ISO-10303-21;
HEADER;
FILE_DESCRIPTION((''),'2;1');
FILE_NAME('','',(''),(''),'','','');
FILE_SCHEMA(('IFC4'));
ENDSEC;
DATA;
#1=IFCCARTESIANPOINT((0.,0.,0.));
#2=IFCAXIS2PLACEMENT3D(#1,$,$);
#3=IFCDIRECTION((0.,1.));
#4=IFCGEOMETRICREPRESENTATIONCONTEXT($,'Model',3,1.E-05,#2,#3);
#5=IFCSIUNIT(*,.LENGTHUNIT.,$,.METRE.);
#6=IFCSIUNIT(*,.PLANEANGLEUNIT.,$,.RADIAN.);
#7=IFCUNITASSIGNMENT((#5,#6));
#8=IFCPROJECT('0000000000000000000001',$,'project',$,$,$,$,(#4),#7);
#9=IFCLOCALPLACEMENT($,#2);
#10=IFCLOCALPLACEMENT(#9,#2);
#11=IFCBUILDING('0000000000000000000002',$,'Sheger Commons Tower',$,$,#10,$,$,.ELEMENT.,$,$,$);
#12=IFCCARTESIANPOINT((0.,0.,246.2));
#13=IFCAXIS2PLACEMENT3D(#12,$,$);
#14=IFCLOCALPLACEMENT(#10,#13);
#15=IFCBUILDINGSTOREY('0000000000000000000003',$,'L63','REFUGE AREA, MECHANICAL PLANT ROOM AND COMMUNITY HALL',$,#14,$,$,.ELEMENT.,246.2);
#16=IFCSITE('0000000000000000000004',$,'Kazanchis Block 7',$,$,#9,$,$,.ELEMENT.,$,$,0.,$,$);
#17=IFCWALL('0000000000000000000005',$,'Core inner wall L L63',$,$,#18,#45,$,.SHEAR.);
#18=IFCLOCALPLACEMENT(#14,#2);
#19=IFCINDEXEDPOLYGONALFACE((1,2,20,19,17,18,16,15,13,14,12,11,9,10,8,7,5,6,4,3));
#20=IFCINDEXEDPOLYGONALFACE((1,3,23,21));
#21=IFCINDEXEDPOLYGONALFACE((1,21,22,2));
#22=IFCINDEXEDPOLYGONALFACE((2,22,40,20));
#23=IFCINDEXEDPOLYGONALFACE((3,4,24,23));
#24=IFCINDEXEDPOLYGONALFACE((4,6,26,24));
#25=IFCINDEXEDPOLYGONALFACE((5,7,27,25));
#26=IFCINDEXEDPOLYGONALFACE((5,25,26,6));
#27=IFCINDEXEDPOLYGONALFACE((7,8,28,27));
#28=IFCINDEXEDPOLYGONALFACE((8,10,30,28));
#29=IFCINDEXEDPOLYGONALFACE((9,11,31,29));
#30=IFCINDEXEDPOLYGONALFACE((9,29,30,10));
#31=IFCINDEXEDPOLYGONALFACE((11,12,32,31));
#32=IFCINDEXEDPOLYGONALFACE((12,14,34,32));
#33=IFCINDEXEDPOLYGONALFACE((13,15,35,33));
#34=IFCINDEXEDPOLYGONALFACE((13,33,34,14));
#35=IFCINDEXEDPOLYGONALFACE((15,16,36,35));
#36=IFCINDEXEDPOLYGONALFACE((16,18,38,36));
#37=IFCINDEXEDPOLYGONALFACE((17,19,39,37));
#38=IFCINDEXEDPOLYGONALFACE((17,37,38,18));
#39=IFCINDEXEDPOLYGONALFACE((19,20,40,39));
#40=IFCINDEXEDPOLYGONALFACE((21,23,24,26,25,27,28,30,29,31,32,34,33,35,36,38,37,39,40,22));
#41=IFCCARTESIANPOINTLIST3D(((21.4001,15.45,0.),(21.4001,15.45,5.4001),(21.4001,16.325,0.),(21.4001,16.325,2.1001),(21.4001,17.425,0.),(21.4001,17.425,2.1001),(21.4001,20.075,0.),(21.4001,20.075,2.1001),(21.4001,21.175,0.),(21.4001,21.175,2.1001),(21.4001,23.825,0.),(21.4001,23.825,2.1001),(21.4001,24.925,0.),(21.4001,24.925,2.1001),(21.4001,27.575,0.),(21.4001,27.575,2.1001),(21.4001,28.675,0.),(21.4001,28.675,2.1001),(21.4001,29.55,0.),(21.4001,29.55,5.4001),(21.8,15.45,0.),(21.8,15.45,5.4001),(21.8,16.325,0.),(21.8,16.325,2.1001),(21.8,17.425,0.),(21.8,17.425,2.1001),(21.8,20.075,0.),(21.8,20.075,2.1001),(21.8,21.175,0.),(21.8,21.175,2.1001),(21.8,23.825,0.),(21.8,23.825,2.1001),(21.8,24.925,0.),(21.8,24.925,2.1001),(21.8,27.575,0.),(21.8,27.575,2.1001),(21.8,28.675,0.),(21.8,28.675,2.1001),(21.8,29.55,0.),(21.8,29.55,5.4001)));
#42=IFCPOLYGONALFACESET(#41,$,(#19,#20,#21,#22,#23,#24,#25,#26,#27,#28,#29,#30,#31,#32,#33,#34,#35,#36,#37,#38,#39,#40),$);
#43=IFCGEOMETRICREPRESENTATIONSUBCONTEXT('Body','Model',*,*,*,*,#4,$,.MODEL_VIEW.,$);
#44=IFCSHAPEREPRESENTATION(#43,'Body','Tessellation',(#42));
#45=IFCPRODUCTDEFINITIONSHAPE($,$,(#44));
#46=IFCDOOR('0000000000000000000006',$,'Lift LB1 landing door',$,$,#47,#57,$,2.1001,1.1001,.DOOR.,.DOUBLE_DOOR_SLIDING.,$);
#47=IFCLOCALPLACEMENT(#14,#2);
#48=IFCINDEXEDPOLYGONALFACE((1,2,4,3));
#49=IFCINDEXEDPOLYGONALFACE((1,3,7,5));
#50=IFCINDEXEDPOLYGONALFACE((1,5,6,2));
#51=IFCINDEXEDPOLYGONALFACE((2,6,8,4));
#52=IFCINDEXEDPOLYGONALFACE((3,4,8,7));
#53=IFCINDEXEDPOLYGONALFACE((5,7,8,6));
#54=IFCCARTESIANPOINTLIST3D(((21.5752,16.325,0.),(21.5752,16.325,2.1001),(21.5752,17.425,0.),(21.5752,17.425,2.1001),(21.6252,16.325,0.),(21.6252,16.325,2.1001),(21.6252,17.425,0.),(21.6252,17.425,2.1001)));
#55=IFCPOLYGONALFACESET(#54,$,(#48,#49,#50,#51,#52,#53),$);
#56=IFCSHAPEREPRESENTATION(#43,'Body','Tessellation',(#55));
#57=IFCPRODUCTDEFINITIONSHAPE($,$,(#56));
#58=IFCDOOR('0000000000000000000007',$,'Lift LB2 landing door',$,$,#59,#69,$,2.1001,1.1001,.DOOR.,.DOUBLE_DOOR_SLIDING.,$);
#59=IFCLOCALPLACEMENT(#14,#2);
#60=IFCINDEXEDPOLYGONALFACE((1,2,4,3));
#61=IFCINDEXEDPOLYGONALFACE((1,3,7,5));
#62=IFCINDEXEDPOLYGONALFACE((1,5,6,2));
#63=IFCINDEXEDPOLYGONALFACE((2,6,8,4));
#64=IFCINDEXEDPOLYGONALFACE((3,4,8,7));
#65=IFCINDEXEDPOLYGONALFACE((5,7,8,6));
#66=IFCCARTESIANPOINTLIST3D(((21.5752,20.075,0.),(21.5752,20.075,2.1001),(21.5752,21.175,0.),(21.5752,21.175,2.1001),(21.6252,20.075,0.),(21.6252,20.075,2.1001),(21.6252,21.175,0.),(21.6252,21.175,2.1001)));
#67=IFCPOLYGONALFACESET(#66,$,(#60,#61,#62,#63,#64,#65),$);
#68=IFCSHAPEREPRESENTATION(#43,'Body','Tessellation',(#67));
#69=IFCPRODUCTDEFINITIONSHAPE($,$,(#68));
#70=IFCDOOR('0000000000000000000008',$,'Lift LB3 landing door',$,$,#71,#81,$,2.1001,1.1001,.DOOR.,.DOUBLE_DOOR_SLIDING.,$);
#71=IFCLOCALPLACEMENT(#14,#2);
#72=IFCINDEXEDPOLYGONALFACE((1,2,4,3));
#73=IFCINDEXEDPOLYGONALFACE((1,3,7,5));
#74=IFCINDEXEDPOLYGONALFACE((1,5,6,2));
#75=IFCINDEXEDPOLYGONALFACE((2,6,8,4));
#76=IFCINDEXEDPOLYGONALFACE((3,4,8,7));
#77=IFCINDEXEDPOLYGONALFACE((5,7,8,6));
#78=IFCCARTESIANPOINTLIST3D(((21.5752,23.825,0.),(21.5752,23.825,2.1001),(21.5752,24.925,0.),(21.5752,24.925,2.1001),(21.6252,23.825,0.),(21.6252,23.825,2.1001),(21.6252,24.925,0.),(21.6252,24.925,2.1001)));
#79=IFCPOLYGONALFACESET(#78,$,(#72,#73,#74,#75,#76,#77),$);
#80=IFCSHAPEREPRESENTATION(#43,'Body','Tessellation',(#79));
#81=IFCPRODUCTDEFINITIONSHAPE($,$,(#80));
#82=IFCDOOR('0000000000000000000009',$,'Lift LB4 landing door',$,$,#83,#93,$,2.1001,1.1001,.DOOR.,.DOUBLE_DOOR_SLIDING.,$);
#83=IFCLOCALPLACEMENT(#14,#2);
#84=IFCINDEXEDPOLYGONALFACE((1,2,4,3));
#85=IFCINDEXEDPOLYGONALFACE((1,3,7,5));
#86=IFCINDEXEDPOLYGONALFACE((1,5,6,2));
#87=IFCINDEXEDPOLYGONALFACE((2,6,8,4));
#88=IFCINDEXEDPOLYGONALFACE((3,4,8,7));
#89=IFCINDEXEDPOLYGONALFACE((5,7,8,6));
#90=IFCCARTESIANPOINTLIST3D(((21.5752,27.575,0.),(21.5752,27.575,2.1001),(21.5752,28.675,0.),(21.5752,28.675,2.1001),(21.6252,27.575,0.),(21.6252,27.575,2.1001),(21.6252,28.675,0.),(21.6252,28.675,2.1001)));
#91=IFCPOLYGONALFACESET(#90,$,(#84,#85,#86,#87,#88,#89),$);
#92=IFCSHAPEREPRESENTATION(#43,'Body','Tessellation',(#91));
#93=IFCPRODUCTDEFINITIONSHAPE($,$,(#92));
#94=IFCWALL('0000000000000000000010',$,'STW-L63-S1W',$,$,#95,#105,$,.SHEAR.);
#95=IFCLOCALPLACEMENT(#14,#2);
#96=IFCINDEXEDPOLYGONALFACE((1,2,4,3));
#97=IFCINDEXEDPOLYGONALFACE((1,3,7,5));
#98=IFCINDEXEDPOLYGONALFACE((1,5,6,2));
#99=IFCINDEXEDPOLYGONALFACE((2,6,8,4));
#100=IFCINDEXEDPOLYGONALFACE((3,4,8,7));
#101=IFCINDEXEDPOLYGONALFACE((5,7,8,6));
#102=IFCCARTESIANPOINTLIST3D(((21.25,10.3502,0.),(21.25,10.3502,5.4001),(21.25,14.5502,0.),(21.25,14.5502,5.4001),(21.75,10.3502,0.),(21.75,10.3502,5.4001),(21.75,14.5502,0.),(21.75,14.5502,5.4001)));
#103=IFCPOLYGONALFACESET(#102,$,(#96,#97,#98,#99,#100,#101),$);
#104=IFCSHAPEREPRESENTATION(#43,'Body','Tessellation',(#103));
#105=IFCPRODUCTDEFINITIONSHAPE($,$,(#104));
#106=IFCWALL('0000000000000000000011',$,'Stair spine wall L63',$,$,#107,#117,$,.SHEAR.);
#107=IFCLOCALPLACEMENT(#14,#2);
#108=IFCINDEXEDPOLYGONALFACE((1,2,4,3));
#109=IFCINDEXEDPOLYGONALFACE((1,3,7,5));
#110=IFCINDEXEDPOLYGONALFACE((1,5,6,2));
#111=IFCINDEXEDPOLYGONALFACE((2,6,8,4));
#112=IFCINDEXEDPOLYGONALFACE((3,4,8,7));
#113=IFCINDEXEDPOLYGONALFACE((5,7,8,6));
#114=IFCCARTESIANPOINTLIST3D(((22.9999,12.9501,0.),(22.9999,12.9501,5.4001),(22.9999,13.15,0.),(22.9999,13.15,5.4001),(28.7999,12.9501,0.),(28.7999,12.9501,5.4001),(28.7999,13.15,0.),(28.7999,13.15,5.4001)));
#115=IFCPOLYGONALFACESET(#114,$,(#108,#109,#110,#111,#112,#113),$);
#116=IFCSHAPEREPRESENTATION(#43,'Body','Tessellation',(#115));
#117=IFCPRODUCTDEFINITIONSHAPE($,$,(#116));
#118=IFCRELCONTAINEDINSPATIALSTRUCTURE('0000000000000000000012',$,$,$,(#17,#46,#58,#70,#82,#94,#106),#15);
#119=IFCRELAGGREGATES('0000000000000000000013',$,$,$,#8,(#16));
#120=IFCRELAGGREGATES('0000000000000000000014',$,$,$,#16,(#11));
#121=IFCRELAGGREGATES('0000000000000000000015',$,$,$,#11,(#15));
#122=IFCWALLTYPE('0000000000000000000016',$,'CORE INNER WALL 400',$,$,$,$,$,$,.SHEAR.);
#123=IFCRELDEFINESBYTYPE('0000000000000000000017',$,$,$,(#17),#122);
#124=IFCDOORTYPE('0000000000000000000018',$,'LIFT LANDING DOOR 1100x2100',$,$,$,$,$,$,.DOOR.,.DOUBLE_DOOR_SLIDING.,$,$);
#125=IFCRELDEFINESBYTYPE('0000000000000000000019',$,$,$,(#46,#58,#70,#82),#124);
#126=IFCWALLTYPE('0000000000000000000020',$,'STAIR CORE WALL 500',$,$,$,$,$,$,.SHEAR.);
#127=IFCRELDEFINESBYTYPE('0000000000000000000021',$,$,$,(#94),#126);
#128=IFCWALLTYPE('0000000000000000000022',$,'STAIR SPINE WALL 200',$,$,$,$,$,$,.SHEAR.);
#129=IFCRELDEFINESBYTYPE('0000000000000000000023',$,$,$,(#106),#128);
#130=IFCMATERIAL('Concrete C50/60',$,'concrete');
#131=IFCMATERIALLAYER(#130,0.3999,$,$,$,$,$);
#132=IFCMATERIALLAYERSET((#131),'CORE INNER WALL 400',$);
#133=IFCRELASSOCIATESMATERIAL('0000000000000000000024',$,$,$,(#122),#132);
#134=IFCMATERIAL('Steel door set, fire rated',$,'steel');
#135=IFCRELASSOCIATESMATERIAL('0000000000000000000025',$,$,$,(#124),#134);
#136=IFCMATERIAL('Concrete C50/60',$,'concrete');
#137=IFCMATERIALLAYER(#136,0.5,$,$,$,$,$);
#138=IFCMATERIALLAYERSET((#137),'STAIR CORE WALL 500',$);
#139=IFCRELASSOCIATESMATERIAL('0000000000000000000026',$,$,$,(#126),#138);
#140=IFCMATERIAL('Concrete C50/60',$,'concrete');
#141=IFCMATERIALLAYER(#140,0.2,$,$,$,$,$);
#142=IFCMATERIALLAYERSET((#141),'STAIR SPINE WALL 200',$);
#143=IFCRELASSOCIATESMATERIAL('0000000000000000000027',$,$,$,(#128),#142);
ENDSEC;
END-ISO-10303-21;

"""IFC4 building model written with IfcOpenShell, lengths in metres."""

from ifc_helpers import new_model, si_unit, direction, frame, frame_2d, origin, place, context, subcontext, project, spatial, rectangle, extrude, material, layer, layer_set, type_object, element, fill, save


model = new_model("IFC4")

# Units and contexts
model_context = context("Model", 3, precision=1e-05, world=origin(), true_north=direction((0.0, 1.0)))
body_context = subcontext(model_context, "Body", "Model", "MODEL_VIEW")
ifc_project = project(units=[si_unit("LENGTHUNIT", "METRE"), si_unit("PLANEANGLEUNIT", "RADIAN")], contexts=[model_context])

# Site, building, storey
site_placement = place(None, origin())
site = spatial("IfcSite", under=ifc_project, at=site_placement, Name="Kazanchis Block 7", CompositionType="ELEMENT", RefElevation=0.0)
building_placement = place(site_placement, origin())
building = spatial("IfcBuilding", under=site, at=building_placement, Name="Sheger Commons Tower", CompositionType="ELEMENT")
storey_placement = place(building_placement, frame((0.0, 0.0, 246.2)))
storey = spatial("IfcBuildingStorey", under=building, at=storey_placement, Name="L63", Description="REFUGE AREA, MECHANICAL PLANT ROOM AND COMMUNITY HALL", CompositionType="ELEMENT", Elevation=246.2)

# Wall, openings, doors
ifc_material_1 = material(Name="Concrete C50/60", Category="concrete")
ifc_layer_1 = layer(ifc_material_1, 0.3999)
ifc_layer_set_1 = layer_set([ifc_layer_1], Name="CORE INNER WALL 400")
wall_type_1 = type_object("IfcWallType", Name="CORE INNER WALL 400", PredefinedType="SHEAR", material=ifc_layer_set_1)
wall_1_placement = place(storey_placement, frame((21.6001, 15.45, 0.0), z_axis=(0.0, 0.0, 1.0), x_axis=(0.0, 1.0, 0.0)))
wall_1 = element("IfcWall", 1, at=wall_1_placement, inside=storey, type_object=wall_type_1, Name="Core inner wall L L63", PredefinedType="SHEAR", context=body_context, shape_type="SweptSolid", body=[
    extrude(rectangle(XDim=14.1001, YDim=0.3999, at=frame_2d((7.05, 0.0))), origin(), (0.0, 0.0, 1.0), 5.4001),
])
opening_1_placement = place(wall_1_placement, frame((0.875, 0.0, 0.0)))
opening_1 = element("IfcOpeningElement", 2, at=opening_1_placement, cuts=wall_1, PredefinedType="OPENING", context=body_context, shape_type="SweptSolid", body=[
    extrude(rectangle(XDim=1.1001, YDim=2.1001, at=frame_2d((0.55, 1.05))), frame((0.0, 0.21, 0.0), z_axis=(0.0, -1.0, 0.0), x_axis=(1.0, 0.0, 0.0)), (0.0, 0.0, 1.0), 0.4199),
])
opening_2_placement = place(wall_1_placement, frame((4.625, 0.0, 0.0)))
opening_2 = element("IfcOpeningElement", 3, at=opening_2_placement, cuts=wall_1, PredefinedType="OPENING", context=body_context, shape_type="SweptSolid", body=[
    extrude(rectangle(XDim=1.1001, YDim=2.1001, at=frame_2d((0.55, 1.05))), frame((0.0, 0.21, 0.0), z_axis=(0.0, -1.0, 0.0), x_axis=(1.0, 0.0, 0.0)), (0.0, 0.0, 1.0), 0.4199),
])
opening_3_placement = place(wall_1_placement, frame((8.375, 0.0, 0.0)))
opening_3 = element("IfcOpeningElement", 4, at=opening_3_placement, cuts=wall_1, PredefinedType="OPENING", context=body_context, shape_type="SweptSolid", body=[
    extrude(rectangle(XDim=1.1001, YDim=2.1001, at=frame_2d((0.55, 1.05))), frame((0.0, 0.21, 0.0), z_axis=(0.0, -1.0, 0.0), x_axis=(1.0, 0.0, 0.0)), (0.0, 0.0, 1.0), 0.4199),
])
opening_4_placement = place(wall_1_placement, frame((12.125, 0.0, 0.0)))
opening_4 = element("IfcOpeningElement", 5, at=opening_4_placement, cuts=wall_1, PredefinedType="OPENING", context=body_context, shape_type="SweptSolid", body=[
    extrude(rectangle(XDim=1.1001, YDim=2.1001, at=frame_2d((0.55, 1.05))), frame((0.0, 0.21, 0.0), z_axis=(0.0, -1.0, 0.0), x_axis=(1.0, 0.0, 0.0)), (0.0, 0.0, 1.0), 0.4199),
])
ifc_material_2 = material(Name="Steel door set, fire rated", Category="steel")
door_type = type_object("IfcDoorType", Name="LIFT LANDING DOOR 1100x2100", OperationType="DOUBLE_DOOR_SLIDING", PredefinedType="DOOR", material=ifc_material_2)
door_1_placement = place(opening_1_placement, origin())
door_1 = element("IfcDoor", 6, at=door_1_placement, inside=storey, type_object=door_type, Name="Lift LB1 landing door", OperationType="DOUBLE_DOOR_SLIDING", OverallHeight=2.1001, OverallWidth=1.1001, PredefinedType="DOOR", context=body_context, shape_type="SweptSolid", body=[
    extrude(rectangle(XDim=1.1001, YDim=2.1001, at=frame_2d((0.55, 1.05))), frame((0.0, 0.0249, 0.0), z_axis=(0.0, -1.0, 0.0), x_axis=(1.0, 0.0, 0.0)), (0.0, 0.0, 1.0), 0.05),
])
fill(opening_1, door_1)
door_2_placement = place(opening_2_placement, origin())
door_2 = element("IfcDoor", 7, at=door_2_placement, inside=storey, type_object=door_type, Name="Lift LB2 landing door", OperationType="DOUBLE_DOOR_SLIDING", OverallHeight=2.1001, OverallWidth=1.1001, PredefinedType="DOOR", context=body_context, shape_type="SweptSolid", body=[
    extrude(rectangle(XDim=1.1001, YDim=2.1001, at=frame_2d((0.55, 1.05))), frame((0.0, 0.0249, 0.0), z_axis=(0.0, -1.0, 0.0), x_axis=(1.0, 0.0, 0.0)), (0.0, 0.0, 1.0), 0.05),
])
fill(opening_2, door_2)
door_3_placement = place(opening_3_placement, origin())
door_3 = element("IfcDoor", 8, at=door_3_placement, inside=storey, type_object=door_type, Name="Lift LB3 landing door", OperationType="DOUBLE_DOOR_SLIDING", OverallHeight=2.1001, OverallWidth=1.1001, PredefinedType="DOOR", context=body_context, shape_type="SweptSolid", body=[
    extrude(rectangle(XDim=1.1001, YDim=2.1001, at=frame_2d((0.55, 1.05))), frame((0.0, 0.0249, 0.0), z_axis=(0.0, -1.0, 0.0), x_axis=(1.0, 0.0, 0.0)), (0.0, 0.0, 1.0), 0.05),
])
fill(opening_3, door_3)
door_4_placement = place(opening_4_placement, origin())
door_4 = element("IfcDoor", 9, at=door_4_placement, inside=storey, type_object=door_type, Name="Lift LB4 landing door", OperationType="DOUBLE_DOOR_SLIDING", OverallHeight=2.1001, OverallWidth=1.1001, PredefinedType="DOOR", context=body_context, shape_type="SweptSolid", body=[
    extrude(rectangle(XDim=1.1001, YDim=2.1001, at=frame_2d((0.55, 1.05))), frame((0.0, 0.0249, 0.0), z_axis=(0.0, -1.0, 0.0), x_axis=(1.0, 0.0, 0.0)), (0.0, 0.0, 1.0), 0.05),
])
fill(opening_4, door_4)

# Walls
ifc_material_3 = material(Name="Concrete C50/60", Category="concrete")
ifc_layer_2 = layer(ifc_material_3, 0.5)
ifc_layer_set_2 = layer_set([ifc_layer_2], Name="STAIR CORE WALL 500")
wall_type_2 = type_object("IfcWallType", Name="STAIR CORE WALL 500", PredefinedType="SHEAR", material=ifc_layer_set_2)
wall_2_placement = place(storey_placement, frame((21.5, 10.3501, 0.0), z_axis=(0.0, 0.0, 1.0), x_axis=(0.0, 1.0, 0.0)))
element("IfcWall", 10, at=wall_2_placement, inside=storey, type_object=wall_type_2, Name="STW-L63-S1W", PredefinedType="SHEAR", context=body_context, shape_type="SweptSolid", body=[
    extrude(rectangle(XDim=4.2, YDim=0.5, at=frame_2d((2.1001, 0.0))), origin(), (0.0, 0.0, 1.0), 5.4001),
])
ifc_material_4 = material(Name="Concrete C50/60", Category="concrete")
ifc_layer_3 = layer(ifc_material_4, 0.2)
ifc_layer_set_3 = layer_set([ifc_layer_3], Name="STAIR SPINE WALL 200")
wall_type_3 = type_object("IfcWallType", Name="STAIR SPINE WALL 200", PredefinedType="SHEAR", material=ifc_layer_set_3)
wall_3_placement = place(storey_placement, frame((23.0, 13.05, 0.0), z_axis=(0.0, 0.0, 1.0), x_axis=(1.0, 0.0, 0.0)))
element("IfcWall", 11, at=wall_3_placement, inside=storey, type_object=wall_type_3, Name="Stair spine wall L63", PredefinedType="SHEAR", context=body_context, shape_type="SweptSolid", body=[
    extrude(rectangle(XDim=5.8, YDim=0.2, at=frame_2d((2.8999, 0.0))), origin(), (0.0, 0.0, 1.0), 5.4001),
])

save(model, "model.ifc")
